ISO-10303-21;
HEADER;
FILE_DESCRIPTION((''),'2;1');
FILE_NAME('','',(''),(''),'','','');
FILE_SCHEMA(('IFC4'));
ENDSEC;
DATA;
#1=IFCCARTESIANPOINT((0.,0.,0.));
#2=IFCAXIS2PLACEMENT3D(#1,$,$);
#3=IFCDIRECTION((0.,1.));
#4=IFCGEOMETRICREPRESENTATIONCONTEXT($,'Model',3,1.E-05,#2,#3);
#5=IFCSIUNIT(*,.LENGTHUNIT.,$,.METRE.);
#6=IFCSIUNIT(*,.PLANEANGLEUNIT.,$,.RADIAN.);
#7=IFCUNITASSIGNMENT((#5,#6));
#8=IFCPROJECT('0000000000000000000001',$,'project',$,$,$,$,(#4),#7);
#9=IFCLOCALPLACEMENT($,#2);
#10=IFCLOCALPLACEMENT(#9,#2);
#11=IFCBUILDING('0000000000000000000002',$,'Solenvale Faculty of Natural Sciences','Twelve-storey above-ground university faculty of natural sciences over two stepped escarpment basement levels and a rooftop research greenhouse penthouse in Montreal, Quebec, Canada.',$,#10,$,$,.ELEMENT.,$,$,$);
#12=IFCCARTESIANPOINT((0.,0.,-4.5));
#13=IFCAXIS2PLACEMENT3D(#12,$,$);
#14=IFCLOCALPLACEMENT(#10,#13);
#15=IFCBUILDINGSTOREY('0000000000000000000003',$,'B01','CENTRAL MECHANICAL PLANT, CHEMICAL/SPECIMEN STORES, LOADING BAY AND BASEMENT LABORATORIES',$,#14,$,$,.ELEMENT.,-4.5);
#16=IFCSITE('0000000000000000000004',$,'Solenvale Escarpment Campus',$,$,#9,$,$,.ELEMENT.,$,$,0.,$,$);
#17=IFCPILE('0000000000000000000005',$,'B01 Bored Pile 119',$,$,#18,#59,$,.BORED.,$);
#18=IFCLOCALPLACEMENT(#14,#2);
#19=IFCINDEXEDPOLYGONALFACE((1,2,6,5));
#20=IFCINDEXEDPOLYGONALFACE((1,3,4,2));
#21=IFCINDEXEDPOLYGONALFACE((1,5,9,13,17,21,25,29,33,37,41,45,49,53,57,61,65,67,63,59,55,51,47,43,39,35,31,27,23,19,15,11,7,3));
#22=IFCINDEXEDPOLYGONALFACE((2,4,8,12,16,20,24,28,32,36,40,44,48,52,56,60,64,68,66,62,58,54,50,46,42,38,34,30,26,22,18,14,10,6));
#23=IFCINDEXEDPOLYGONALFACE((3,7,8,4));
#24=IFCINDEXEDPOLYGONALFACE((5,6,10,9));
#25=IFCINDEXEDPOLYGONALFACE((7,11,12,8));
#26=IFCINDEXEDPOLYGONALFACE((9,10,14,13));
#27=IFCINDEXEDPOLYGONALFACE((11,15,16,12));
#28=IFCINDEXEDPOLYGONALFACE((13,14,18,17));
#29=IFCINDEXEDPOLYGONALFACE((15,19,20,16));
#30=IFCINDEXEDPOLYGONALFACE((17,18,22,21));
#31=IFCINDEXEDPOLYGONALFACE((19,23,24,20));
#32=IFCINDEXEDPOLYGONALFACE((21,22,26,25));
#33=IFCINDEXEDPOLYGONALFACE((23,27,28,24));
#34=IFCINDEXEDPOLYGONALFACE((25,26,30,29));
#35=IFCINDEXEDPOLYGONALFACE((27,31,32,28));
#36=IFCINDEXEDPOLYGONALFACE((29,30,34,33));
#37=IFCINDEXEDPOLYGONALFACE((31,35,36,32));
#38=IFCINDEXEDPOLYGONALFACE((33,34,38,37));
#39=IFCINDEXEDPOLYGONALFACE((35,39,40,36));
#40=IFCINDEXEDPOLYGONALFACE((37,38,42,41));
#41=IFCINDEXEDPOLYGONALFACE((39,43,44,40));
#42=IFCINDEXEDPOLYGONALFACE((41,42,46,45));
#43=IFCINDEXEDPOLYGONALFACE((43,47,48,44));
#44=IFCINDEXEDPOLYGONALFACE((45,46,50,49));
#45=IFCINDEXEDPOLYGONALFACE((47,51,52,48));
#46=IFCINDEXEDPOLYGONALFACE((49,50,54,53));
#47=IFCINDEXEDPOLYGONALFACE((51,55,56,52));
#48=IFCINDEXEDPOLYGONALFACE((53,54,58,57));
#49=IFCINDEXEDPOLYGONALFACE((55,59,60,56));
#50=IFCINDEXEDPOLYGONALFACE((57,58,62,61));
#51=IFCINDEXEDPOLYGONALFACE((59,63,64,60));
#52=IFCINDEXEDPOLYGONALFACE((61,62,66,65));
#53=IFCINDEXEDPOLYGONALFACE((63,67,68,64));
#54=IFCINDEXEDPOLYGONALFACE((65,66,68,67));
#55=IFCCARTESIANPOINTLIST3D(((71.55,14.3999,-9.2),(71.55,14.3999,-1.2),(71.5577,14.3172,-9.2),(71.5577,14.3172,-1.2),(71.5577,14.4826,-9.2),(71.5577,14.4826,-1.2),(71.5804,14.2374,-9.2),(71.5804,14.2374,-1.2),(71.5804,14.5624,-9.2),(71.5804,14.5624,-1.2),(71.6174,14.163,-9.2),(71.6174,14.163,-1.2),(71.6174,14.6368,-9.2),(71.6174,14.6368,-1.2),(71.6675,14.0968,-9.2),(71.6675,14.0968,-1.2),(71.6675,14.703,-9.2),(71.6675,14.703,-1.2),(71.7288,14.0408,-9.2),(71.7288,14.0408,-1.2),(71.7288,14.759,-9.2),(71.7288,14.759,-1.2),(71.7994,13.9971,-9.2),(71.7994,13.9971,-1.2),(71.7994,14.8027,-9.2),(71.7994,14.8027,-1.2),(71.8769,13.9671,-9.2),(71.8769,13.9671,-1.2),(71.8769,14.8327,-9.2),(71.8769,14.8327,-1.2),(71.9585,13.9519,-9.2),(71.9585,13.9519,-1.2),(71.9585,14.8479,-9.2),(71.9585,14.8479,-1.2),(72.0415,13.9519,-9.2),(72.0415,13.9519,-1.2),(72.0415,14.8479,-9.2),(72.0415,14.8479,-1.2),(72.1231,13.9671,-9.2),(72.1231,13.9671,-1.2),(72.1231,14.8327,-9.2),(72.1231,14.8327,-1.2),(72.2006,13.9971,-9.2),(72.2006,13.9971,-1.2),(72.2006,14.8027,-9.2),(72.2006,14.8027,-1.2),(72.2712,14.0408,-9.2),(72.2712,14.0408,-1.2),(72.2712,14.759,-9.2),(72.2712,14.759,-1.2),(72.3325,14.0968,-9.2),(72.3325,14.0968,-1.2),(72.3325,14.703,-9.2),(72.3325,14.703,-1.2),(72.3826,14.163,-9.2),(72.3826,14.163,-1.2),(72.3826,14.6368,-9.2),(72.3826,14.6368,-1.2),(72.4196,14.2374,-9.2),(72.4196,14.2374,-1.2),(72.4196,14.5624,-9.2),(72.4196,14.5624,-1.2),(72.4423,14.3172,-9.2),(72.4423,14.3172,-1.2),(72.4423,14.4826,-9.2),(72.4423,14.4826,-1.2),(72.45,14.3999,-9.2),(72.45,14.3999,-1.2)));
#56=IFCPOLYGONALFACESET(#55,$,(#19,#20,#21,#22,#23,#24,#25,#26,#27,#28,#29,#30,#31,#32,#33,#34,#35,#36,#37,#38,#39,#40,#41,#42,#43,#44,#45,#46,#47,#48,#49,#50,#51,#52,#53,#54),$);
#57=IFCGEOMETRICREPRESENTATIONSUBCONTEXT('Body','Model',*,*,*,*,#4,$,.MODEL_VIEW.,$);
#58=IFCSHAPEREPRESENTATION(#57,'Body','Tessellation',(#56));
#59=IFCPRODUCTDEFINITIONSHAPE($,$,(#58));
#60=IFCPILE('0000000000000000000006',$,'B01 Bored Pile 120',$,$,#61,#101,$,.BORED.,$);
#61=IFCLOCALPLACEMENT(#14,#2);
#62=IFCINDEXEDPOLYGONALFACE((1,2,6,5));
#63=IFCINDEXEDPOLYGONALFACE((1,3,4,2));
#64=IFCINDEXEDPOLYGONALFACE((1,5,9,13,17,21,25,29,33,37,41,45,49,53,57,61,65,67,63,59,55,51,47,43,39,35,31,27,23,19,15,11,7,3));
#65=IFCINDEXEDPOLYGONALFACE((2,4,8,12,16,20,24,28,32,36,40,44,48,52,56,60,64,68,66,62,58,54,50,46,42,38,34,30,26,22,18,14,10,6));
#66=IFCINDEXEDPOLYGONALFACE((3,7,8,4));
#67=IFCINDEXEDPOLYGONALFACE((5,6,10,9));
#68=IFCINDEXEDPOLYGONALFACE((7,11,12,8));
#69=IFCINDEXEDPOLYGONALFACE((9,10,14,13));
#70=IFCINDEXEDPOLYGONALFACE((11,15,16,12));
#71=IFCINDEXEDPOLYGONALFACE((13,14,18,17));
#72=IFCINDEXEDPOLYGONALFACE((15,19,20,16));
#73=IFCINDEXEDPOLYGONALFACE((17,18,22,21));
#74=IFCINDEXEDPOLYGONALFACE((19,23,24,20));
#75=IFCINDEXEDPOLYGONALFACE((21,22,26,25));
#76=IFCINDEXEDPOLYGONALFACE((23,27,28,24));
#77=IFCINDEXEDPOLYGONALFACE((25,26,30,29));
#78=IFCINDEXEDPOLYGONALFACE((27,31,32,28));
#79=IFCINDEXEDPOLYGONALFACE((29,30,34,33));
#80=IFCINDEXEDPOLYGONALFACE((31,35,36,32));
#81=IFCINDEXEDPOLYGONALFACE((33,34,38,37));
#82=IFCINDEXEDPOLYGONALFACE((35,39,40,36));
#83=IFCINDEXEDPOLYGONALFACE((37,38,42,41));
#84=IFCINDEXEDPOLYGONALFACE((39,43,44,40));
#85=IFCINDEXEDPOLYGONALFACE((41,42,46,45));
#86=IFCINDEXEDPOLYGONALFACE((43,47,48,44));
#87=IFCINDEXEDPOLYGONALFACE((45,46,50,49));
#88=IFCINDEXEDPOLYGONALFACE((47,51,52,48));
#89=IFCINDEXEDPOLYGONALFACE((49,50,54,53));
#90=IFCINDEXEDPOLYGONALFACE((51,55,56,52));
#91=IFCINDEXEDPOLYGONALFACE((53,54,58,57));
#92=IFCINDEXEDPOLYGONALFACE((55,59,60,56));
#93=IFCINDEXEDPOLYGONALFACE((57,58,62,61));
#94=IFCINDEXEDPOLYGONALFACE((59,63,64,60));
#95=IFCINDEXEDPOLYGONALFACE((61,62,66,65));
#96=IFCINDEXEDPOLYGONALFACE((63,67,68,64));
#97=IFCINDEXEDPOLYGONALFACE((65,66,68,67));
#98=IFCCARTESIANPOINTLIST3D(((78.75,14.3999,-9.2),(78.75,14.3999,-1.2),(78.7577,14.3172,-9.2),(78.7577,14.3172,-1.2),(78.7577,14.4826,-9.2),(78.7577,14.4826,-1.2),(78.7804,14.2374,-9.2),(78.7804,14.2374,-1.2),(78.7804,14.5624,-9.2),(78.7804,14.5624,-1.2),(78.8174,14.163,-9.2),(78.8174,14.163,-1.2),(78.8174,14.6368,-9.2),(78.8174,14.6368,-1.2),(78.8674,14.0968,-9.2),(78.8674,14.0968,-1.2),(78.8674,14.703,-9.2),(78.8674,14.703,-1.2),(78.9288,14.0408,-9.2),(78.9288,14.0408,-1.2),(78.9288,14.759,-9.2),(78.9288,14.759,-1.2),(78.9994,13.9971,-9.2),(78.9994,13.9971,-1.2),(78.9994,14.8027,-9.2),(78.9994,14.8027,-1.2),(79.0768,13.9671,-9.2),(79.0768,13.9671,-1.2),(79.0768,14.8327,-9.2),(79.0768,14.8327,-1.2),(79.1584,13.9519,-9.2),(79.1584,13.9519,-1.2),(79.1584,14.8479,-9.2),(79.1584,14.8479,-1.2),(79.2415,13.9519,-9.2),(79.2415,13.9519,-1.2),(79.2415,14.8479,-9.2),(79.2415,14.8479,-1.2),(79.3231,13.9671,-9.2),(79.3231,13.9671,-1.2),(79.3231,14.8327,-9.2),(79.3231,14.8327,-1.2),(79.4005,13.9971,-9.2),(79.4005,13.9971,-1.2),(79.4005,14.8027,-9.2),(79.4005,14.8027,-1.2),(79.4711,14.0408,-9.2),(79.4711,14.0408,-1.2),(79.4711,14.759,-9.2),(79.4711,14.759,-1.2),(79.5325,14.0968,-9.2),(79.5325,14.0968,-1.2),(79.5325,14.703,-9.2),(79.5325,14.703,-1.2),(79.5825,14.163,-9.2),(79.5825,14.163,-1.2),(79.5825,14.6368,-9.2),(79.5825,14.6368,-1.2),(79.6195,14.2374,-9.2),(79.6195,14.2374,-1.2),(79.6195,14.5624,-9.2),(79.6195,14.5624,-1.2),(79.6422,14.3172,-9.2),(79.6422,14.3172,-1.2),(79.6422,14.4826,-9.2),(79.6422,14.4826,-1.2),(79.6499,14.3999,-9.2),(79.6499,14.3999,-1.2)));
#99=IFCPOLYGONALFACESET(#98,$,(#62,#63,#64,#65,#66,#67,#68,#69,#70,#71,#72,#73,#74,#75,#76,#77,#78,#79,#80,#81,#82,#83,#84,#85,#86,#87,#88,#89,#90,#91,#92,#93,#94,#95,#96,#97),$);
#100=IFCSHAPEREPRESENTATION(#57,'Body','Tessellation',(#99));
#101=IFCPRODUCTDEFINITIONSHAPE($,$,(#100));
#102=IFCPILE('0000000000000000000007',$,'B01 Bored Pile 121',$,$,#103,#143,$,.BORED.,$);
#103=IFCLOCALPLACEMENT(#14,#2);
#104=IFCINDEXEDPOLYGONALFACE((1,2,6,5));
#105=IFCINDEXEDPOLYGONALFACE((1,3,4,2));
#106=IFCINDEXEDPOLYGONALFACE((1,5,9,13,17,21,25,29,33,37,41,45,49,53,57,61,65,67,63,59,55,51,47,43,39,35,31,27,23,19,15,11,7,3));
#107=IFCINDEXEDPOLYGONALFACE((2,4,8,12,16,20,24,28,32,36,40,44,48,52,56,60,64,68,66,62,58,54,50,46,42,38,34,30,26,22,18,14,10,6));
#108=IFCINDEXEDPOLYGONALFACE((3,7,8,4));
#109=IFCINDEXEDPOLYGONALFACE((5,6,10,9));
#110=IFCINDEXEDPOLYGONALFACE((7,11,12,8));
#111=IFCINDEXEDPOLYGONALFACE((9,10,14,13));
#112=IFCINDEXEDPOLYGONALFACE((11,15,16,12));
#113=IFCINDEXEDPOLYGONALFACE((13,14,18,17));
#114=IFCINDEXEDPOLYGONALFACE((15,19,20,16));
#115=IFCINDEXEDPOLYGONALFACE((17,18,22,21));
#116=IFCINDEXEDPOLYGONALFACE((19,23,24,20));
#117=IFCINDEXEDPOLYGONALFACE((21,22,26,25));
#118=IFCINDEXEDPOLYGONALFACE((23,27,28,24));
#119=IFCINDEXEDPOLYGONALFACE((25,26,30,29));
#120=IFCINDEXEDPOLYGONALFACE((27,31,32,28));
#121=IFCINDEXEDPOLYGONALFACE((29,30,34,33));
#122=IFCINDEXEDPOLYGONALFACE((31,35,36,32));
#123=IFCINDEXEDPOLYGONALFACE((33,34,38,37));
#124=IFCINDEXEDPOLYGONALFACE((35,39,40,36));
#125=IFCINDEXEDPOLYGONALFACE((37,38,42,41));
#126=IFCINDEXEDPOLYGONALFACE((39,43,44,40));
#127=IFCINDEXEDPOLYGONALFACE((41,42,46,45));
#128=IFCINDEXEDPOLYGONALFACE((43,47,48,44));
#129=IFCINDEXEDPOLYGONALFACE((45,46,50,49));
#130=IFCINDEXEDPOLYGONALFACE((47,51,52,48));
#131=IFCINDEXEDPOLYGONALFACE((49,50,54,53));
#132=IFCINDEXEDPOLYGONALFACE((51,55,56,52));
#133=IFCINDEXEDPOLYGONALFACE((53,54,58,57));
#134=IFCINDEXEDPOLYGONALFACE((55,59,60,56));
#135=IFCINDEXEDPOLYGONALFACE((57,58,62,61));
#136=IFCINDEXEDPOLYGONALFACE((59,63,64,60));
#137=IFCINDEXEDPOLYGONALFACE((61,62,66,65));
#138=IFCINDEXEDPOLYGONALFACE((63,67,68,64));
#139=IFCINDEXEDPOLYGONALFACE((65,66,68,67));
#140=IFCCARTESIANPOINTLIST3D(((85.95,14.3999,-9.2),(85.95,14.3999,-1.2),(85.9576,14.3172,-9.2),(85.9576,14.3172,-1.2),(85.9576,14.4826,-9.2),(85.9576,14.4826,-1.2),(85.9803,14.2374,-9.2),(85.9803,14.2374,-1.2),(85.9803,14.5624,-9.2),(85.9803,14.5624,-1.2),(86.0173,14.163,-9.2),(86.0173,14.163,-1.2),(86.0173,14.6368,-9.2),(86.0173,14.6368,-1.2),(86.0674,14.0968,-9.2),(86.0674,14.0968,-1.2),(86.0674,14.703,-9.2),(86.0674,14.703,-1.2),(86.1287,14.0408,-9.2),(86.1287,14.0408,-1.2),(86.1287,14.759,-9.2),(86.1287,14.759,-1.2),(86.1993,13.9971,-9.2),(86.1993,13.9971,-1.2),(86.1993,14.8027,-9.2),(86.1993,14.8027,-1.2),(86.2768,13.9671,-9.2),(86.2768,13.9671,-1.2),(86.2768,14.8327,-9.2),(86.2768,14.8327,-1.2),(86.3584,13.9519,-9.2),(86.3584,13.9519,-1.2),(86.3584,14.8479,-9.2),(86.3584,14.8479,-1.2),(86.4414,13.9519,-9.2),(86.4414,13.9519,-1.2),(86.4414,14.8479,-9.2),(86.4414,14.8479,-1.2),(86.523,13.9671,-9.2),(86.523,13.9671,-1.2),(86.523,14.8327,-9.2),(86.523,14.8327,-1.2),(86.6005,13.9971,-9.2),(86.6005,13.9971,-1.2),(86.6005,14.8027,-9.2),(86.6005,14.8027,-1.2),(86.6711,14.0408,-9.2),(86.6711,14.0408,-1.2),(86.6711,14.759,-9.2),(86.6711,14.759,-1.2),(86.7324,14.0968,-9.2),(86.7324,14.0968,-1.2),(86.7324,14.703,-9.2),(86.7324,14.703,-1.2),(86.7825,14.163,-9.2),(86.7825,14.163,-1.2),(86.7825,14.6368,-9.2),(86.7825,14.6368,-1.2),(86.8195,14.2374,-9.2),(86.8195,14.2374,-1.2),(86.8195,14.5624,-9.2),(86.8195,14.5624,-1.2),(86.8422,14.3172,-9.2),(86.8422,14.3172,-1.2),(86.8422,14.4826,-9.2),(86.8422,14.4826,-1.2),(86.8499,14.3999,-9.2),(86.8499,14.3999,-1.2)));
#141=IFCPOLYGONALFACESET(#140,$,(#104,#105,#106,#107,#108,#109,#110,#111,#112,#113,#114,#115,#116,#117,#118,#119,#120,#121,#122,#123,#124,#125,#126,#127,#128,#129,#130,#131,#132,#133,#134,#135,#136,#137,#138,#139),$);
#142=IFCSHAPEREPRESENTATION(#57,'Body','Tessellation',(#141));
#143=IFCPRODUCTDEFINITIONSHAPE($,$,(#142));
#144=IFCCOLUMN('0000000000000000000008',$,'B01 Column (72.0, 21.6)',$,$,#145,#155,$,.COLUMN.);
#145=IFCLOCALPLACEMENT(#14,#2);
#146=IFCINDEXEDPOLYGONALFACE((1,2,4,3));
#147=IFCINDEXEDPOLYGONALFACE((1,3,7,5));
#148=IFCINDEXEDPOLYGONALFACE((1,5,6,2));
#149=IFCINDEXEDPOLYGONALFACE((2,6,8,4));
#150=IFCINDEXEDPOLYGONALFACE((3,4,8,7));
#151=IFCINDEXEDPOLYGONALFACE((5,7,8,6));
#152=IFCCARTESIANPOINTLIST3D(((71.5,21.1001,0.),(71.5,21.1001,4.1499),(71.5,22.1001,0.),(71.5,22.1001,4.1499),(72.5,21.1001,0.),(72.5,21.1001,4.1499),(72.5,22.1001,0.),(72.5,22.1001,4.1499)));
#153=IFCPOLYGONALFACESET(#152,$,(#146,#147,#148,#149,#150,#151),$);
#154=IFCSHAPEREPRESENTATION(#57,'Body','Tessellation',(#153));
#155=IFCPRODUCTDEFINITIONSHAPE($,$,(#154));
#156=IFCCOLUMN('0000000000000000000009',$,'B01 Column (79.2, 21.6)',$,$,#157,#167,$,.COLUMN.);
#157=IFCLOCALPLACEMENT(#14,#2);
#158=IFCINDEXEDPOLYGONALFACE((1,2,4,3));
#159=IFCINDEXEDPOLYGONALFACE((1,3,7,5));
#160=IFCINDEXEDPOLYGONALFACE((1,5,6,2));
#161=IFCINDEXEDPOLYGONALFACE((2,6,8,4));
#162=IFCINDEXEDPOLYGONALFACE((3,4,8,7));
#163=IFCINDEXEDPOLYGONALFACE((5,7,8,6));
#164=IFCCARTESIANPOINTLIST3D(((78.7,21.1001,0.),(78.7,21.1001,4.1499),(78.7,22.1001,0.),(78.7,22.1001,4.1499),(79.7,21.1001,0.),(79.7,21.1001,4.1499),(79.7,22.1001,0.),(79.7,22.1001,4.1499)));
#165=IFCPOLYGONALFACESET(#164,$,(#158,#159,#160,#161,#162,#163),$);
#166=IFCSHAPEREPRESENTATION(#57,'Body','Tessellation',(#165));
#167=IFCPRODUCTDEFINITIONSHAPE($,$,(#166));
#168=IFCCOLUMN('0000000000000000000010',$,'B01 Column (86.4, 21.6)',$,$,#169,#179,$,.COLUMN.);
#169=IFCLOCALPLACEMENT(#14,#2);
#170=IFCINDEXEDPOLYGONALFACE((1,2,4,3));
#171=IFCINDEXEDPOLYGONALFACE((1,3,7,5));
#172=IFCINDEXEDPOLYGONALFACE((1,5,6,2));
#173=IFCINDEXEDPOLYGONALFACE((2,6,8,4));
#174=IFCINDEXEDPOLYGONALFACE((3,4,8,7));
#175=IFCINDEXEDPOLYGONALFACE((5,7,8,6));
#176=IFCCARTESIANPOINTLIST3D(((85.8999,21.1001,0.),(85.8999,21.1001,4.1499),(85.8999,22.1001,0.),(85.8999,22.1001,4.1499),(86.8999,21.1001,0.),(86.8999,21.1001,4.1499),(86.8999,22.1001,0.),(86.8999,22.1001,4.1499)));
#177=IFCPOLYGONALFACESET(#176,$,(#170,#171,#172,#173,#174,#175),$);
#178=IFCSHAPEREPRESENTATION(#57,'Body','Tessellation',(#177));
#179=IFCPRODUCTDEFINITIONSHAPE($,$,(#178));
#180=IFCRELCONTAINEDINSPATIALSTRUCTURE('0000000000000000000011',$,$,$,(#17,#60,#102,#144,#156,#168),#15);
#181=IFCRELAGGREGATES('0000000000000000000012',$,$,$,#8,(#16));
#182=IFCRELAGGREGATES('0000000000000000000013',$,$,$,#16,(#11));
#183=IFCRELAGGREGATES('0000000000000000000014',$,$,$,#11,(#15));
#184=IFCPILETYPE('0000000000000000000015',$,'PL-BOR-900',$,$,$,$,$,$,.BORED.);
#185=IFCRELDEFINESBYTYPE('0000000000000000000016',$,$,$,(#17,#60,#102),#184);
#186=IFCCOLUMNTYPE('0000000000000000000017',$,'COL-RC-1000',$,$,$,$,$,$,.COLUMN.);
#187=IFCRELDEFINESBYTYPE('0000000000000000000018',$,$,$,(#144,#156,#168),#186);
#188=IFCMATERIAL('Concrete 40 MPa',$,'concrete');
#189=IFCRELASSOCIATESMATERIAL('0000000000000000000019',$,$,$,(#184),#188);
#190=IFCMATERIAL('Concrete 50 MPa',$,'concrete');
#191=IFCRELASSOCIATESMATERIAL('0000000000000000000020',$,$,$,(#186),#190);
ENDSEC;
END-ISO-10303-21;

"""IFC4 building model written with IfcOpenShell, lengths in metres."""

from ifc_helpers import new_model, si_unit, direction, frame, origin, origin_2d, place, context, subcontext, project, spatial, rectangle, circle, extrude, material, material_profile, profile_set, type_object, element, save


model = new_model("IFC4")

# Units and contexts
model_context = context("Model", 3, precision=1e-05, world=origin(), true_north=direction((0.0, 1.0)))
body_context = subcontext(model_context, "Body", "Model", "MODEL_VIEW")
ifc_project = project(units=[si_unit("LENGTHUNIT", "METRE"), si_unit("PLANEANGLEUNIT", "RADIAN")], contexts=[model_context])

# Site, building, storey
site_placement = place(None, origin())
site = spatial("IfcSite", under=ifc_project, at=site_placement, Name="Solenvale Escarpment Campus", CompositionType="ELEMENT", RefElevation=0.0)
building_placement = place(site_placement, origin())
building = spatial("IfcBuilding", under=site, at=building_placement, Name="Solenvale Faculty of Natural Sciences", Description="Twelve-storey above-ground university faculty of natural sciences over two stepped escarpment basement levels and a rooftop research greenhouse penthouse in Montreal, Quebec, Canada.", CompositionType="ELEMENT")
storey_placement = place(building_placement, frame((0.0, 0.0, -4.5)))
storey = spatial("IfcBuildingStorey", under=building, at=storey_placement, Name="B01", Description="CENTRAL MECHANICAL PLANT, CHEMICAL/SPECIMEN STORES, LOADING BAY AND BASEMENT LABORATORIES", CompositionType="ELEMENT", Elevation=-4.5)

# Shared definitions
ifc_material_1 = material(Name="Concrete 40 MPa", Category="concrete")

# Piles
ifc_material_profile_1 = material_profile(ifc_material_1, circle(Radius=0.45, at=origin_2d()), Name="PILE-D900")
ifc_profile_set_1 = profile_set([ifc_material_profile_1], Name="Concrete 40 MPa")
pile_type_1 = type_object("IfcPileType", Name="PL-BOR-900", PredefinedType="BORED", material=ifc_profile_set_1)
for number, where, z_axis, x_axis, name in (
    (1, (72.0, 14.3999, -1.2), (0.0, 0.0, -1.0), (1.0, 0.0, 0.0), "B01 Bored Pile 119"),
    (2, (79.2, 14.3999, -1.2), (0.0, 0.0, -1.0), (1.0, 0.0, 0.0), "B01 Bored Pile 120"),
    (3, (86.3999, 14.3999, -1.2), (0.0, 0.0, -1.0), (1.0, 0.0, 0.0), "B01 Bored Pile 121"),
):
    element("IfcPile", number, at=place(storey_placement, frame(where, z_axis=z_axis, x_axis=x_axis)), inside=storey, type_object=pile_type_1, Name=name, PredefinedType="BORED", context=body_context, shape_type="SweptSolid", body=[
        extrude(circle(Radius=0.45, at=origin_2d()), origin(), (0.0, 0.0, 1.0), 8.0),
    ])

# Columns
ifc_material_2 = material(Name="Concrete 50 MPa", Category="concrete")
ifc_material_profile_2 = material_profile(ifc_material_2, rectangle(XDim=1.0, YDim=1.0, at=origin_2d()), Name="RC-COL-1000x1000")
ifc_profile_set_2 = profile_set([ifc_material_profile_2], Name="Concrete 50 MPa")
column_type_1 = type_object("IfcColumnType", Name="COL-RC-1000", PredefinedType="COLUMN", material=ifc_profile_set_2)
for number, where, z_axis, x_axis, name in (
    (4, (72.0, 21.6001, 0.0), (0.0, 0.0, 1.0), (1.0, 0.0, 0.0), "B01 Column (72.0, 21.6)"),
    (5, (79.2, 21.6001, 0.0), (0.0, 0.0, 1.0), (1.0, 0.0, 0.0), "B01 Column (79.2, 21.6)"),
    (6, (86.3999, 21.6001, 0.0), (0.0, 0.0, 1.0), (1.0, 0.0, 0.0), "B01 Column (86.4, 21.6)"),
):
    element("IfcColumn", number, at=place(storey_placement, frame(where, z_axis=z_axis, x_axis=x_axis)), inside=storey, type_object=column_type_1, Name=name, PredefinedType="COLUMN", context=body_context, shape_type="SweptSolid", body=[
        extrude(rectangle(XDim=1.0, YDim=1.0, at=origin_2d()), origin(), (0.0, 0.0, 1.0), 4.1499),
    ])

save(model, "model.ifc")
